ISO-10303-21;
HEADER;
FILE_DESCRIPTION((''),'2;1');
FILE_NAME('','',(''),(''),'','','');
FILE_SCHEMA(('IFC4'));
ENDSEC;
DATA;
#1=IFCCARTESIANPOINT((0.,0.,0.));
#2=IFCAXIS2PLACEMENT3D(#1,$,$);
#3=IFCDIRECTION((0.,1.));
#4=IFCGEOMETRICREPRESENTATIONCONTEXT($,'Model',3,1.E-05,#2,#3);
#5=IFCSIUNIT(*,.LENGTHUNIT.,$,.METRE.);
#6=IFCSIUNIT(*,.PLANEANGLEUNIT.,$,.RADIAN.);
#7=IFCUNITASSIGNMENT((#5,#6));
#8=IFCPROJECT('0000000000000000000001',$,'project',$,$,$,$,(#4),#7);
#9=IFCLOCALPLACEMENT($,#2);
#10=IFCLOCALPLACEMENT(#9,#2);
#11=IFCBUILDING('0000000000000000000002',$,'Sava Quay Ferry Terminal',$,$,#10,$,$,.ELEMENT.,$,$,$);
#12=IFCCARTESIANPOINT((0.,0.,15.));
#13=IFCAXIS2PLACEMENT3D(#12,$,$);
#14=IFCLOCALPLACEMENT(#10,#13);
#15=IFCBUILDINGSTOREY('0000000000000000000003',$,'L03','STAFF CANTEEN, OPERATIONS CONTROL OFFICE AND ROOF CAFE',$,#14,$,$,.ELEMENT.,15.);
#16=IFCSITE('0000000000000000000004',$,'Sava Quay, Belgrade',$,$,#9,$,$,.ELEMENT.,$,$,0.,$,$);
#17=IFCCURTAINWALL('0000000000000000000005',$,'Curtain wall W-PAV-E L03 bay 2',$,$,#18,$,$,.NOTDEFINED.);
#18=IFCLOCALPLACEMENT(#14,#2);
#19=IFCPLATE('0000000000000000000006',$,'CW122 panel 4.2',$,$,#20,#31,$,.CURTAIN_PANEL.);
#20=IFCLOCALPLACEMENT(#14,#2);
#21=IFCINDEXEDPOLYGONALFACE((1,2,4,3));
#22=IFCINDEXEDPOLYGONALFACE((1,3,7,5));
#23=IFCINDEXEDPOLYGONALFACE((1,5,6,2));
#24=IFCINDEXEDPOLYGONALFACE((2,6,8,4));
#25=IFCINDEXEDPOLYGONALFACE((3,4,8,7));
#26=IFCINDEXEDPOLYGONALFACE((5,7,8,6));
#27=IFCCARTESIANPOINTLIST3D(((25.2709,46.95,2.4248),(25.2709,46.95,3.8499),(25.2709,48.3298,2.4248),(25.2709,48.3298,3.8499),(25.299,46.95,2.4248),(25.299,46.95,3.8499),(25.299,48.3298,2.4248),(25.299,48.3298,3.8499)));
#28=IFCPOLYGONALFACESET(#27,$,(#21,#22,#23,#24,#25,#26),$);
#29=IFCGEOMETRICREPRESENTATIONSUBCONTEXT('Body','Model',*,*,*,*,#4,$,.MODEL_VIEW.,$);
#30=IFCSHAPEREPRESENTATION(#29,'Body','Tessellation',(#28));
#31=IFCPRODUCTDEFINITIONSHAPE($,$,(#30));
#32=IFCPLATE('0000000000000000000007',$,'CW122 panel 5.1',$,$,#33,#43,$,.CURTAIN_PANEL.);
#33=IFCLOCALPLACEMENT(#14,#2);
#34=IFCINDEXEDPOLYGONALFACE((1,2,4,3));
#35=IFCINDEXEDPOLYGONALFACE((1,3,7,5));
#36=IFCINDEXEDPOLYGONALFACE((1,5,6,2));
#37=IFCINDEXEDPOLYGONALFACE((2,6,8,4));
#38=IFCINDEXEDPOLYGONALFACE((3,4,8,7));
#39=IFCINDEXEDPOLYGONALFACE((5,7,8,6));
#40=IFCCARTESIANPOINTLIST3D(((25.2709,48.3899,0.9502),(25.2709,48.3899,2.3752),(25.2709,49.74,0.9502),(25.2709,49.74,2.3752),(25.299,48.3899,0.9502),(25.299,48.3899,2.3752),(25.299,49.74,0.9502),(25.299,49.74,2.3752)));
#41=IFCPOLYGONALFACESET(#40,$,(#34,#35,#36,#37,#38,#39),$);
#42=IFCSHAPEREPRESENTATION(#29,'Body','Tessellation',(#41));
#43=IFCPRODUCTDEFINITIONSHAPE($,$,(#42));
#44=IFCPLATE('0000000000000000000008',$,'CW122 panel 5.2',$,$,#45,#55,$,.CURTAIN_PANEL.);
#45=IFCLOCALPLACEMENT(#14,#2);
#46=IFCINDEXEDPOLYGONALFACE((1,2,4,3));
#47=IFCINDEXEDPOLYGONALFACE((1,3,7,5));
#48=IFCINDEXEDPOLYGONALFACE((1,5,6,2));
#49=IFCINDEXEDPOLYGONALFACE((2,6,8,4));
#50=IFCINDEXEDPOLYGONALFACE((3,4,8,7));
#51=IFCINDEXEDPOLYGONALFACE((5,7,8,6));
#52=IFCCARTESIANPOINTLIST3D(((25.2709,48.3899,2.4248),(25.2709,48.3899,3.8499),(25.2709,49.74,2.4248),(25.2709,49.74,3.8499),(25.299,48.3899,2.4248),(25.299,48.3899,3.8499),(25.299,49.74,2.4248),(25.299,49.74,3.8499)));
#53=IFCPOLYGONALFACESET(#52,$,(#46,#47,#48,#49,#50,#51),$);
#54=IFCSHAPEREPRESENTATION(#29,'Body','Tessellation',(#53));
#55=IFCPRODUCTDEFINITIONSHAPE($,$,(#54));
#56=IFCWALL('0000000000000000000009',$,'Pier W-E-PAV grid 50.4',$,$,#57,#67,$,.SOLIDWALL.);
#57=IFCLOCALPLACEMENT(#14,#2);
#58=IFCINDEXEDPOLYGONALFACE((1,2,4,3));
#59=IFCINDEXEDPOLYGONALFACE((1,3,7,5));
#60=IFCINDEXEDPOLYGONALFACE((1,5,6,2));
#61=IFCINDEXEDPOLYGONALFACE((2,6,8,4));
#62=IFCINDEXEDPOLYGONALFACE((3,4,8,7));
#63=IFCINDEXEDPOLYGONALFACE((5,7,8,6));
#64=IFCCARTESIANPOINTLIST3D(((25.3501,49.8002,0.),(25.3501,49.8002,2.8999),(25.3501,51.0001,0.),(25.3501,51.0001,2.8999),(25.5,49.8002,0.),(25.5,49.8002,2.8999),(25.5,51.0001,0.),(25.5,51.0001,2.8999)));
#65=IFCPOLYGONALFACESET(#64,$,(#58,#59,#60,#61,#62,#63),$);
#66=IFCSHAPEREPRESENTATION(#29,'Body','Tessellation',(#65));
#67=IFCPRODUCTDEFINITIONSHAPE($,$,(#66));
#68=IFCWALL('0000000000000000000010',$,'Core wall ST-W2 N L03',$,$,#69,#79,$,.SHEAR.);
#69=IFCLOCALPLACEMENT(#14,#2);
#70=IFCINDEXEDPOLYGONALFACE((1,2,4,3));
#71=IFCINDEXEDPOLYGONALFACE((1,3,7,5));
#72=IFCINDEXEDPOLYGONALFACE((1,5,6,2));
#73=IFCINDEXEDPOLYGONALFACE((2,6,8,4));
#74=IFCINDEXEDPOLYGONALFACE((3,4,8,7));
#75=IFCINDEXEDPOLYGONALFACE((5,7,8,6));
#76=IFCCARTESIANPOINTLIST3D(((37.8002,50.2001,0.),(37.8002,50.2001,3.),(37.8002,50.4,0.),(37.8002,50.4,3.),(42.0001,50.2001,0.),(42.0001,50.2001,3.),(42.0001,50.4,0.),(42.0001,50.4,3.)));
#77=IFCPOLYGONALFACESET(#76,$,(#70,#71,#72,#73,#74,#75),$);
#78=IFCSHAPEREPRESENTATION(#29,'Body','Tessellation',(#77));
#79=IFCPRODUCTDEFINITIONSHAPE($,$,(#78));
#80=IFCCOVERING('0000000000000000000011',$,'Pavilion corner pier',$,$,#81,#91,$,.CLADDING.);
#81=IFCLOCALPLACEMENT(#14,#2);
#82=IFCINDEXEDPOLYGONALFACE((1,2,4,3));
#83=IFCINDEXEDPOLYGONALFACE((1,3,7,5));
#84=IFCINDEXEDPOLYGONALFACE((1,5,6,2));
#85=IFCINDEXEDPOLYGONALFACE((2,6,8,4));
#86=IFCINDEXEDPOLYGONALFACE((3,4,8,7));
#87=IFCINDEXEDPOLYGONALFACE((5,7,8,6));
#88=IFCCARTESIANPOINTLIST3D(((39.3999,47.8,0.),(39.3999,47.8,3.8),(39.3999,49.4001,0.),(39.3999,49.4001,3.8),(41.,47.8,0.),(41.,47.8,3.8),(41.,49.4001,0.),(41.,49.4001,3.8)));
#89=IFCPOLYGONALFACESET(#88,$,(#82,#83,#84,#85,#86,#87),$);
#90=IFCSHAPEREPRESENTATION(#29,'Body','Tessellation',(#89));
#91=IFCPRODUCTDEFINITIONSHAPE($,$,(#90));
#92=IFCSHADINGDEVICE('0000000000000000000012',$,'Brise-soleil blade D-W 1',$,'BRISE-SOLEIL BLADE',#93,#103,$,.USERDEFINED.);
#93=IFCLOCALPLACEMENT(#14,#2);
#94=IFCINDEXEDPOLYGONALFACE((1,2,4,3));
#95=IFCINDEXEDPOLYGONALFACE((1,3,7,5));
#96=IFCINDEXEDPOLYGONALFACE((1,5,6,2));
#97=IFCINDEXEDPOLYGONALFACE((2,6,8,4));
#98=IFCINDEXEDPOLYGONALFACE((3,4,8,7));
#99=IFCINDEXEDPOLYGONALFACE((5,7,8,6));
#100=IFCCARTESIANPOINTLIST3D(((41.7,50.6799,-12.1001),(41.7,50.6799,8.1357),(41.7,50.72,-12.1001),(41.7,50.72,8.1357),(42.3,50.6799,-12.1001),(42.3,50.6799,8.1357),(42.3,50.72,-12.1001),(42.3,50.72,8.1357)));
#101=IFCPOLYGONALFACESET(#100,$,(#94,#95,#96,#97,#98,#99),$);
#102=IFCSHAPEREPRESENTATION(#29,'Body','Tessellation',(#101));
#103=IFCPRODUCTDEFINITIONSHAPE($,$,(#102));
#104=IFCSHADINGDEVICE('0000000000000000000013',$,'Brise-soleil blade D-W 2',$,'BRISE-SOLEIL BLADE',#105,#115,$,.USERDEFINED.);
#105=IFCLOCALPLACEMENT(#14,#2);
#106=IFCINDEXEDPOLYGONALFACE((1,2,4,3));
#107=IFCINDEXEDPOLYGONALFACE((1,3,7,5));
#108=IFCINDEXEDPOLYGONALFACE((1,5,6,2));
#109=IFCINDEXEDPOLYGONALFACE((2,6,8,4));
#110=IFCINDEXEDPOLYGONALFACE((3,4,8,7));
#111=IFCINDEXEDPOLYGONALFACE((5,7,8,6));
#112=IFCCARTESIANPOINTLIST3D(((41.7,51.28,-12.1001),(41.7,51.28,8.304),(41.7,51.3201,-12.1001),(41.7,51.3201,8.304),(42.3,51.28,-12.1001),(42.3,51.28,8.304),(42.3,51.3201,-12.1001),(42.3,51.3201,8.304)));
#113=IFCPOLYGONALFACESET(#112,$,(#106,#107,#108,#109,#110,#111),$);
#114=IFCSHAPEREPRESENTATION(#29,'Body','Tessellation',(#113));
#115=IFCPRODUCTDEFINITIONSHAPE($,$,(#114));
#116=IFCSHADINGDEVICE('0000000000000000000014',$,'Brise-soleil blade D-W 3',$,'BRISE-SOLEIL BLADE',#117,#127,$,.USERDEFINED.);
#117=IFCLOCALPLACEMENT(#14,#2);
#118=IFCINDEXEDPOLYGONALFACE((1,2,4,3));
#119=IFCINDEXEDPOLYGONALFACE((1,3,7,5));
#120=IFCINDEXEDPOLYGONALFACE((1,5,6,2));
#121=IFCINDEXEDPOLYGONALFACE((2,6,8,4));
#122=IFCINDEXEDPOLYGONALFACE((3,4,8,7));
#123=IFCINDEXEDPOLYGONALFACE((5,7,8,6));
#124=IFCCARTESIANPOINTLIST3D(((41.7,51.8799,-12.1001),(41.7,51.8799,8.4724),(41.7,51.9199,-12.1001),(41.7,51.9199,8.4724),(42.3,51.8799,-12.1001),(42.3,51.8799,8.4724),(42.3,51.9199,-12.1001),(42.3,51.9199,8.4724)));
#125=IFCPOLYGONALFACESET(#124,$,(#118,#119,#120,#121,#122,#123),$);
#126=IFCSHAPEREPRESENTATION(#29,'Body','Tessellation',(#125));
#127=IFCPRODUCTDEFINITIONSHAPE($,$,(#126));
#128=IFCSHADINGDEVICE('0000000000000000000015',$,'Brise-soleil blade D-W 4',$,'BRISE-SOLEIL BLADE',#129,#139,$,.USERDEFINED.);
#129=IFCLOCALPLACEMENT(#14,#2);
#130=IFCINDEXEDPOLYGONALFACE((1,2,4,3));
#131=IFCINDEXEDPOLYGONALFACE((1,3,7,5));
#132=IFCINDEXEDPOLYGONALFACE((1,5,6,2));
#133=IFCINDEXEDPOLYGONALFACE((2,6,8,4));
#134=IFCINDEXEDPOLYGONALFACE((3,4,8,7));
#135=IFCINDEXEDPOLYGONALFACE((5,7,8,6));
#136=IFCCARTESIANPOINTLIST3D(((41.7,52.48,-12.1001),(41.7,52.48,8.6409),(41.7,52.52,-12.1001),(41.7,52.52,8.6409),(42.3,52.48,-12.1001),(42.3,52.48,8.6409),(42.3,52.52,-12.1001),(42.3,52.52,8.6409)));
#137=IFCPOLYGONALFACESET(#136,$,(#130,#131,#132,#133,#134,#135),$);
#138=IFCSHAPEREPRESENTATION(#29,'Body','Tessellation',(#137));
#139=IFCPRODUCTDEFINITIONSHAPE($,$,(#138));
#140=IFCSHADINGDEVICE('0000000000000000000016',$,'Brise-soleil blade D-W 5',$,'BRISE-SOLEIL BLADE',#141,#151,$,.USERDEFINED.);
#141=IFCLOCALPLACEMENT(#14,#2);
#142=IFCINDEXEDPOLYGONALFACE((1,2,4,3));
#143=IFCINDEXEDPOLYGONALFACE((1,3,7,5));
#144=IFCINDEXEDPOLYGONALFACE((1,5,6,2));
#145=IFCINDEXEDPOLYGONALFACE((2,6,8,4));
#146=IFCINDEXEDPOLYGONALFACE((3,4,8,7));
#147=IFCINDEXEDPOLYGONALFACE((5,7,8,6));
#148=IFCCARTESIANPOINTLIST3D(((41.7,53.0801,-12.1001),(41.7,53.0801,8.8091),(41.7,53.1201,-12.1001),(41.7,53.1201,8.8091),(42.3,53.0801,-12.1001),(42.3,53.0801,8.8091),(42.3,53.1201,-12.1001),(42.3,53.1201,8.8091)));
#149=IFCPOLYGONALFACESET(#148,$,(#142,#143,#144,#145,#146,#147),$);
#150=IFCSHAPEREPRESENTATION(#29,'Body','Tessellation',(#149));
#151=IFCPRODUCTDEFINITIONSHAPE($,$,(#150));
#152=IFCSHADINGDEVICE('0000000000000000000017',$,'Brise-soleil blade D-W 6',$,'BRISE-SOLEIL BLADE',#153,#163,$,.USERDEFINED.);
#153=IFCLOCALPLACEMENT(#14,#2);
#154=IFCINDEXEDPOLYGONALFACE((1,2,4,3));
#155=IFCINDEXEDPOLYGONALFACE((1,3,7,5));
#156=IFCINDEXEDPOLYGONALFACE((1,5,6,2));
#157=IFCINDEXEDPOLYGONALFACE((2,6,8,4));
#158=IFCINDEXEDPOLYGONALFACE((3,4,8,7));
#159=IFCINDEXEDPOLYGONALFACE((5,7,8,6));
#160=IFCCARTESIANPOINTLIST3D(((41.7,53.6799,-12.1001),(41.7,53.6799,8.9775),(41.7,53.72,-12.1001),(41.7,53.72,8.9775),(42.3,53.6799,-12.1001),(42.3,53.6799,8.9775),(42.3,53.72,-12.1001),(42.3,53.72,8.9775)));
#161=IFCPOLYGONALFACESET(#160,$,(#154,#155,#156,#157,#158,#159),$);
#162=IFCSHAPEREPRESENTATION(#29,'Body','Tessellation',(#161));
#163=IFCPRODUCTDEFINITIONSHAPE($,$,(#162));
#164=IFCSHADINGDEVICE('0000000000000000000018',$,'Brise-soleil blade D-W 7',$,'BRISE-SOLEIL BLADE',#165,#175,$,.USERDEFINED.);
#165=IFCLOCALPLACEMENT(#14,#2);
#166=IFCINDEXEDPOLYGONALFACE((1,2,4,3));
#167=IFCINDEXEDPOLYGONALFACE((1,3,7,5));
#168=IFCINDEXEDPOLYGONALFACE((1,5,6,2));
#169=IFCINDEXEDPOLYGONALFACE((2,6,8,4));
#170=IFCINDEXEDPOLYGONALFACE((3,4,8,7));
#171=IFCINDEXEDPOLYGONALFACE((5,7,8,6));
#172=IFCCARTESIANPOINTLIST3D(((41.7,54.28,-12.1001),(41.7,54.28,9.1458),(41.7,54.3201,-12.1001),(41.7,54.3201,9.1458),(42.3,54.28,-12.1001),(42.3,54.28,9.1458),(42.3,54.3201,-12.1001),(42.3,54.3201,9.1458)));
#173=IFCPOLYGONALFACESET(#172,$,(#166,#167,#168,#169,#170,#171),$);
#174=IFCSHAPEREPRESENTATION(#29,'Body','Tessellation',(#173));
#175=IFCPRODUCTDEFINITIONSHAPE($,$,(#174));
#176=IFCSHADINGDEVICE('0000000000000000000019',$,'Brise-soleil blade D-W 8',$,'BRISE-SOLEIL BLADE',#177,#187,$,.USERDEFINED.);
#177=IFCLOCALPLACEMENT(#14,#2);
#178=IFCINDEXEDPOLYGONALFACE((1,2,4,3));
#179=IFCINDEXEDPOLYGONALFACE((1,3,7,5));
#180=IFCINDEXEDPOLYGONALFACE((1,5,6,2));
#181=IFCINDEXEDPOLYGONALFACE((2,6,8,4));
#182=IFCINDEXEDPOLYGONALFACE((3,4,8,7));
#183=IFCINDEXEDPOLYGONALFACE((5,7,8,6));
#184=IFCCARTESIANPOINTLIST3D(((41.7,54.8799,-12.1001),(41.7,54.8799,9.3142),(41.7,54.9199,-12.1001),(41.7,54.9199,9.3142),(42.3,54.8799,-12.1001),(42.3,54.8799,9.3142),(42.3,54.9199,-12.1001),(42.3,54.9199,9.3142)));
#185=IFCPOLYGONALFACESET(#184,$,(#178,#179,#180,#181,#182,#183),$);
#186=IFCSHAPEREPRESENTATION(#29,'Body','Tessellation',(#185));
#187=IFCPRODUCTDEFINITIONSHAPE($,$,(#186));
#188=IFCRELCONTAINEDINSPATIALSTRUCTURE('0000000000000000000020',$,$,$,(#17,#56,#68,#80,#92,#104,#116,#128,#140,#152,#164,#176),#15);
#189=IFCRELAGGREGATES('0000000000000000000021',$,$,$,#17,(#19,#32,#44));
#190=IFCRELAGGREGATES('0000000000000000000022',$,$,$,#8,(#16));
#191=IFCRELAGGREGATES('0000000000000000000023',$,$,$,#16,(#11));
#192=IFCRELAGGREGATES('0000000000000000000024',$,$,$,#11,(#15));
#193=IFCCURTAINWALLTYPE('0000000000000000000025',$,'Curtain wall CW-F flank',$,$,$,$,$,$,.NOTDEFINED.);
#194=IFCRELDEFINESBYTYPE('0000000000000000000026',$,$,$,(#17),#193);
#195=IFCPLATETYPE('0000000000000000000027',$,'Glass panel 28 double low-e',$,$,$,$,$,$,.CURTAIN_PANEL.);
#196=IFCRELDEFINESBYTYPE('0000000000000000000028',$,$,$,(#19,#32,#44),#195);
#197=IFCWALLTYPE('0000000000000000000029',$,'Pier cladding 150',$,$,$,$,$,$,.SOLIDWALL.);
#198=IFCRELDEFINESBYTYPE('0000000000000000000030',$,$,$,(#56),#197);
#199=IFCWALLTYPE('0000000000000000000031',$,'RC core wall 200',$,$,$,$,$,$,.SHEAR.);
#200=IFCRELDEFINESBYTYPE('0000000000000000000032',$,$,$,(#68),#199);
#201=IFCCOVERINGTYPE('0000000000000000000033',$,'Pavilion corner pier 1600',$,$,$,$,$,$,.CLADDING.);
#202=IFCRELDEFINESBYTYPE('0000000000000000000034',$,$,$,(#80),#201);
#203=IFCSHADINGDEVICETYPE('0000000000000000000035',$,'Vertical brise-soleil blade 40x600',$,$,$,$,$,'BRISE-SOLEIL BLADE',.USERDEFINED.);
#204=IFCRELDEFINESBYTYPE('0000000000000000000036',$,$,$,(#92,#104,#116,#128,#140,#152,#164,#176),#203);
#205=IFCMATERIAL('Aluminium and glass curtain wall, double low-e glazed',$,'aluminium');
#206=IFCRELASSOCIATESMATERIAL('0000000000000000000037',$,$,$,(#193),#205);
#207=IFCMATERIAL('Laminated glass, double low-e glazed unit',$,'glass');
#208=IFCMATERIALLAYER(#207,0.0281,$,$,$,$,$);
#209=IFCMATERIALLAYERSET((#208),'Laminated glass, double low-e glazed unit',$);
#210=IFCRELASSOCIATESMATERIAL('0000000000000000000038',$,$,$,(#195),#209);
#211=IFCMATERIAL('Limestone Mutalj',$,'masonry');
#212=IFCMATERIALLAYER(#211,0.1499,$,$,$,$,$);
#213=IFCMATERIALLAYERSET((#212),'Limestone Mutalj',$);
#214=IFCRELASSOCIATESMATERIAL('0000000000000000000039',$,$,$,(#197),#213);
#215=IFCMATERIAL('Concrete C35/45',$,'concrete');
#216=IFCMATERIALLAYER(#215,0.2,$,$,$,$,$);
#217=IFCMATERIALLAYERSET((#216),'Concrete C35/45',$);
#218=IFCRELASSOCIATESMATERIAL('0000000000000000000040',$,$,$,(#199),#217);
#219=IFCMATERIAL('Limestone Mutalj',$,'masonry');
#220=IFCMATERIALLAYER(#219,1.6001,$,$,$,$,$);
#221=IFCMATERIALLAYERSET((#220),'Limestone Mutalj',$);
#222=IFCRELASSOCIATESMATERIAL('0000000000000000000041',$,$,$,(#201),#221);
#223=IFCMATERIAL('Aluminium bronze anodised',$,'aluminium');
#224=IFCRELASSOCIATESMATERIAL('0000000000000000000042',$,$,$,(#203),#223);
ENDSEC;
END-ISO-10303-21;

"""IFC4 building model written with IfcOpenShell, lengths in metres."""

from ifc_helpers import new_model, si_unit, direction, frame, frame_2d, origin, origin_2d, place, context, subcontext, project, spatial, rectangle, extrude, material, layer, layer_set, material_profile, profile_set, type_object, element, aggregate, save


model = new_model("IFC4")

# Units and contexts
model_context = context("Model", 3, precision=1e-05, world=origin(), true_north=direction((0.0, 1.0)))
body_context = subcontext(model_context, "Body", "Model", "MODEL_VIEW")
ifc_project = project(units=[si_unit("LENGTHUNIT", "METRE"), si_unit("PLANEANGLEUNIT", "RADIAN")], contexts=[model_context])

# Site, building, storey
site_placement = place(None, origin())
site = spatial("IfcSite", under=ifc_project, at=site_placement, Name="Sava Quay, Belgrade", CompositionType="ELEMENT", RefElevation=0.0)
building_placement = place(site_placement, origin())
building = spatial("IfcBuilding", under=site, at=building_placement, Name="Sava Quay Ferry Terminal", CompositionType="ELEMENT")
storey_placement = place(building_placement, frame((0.0, 0.0, 15.0)))
storey = spatial("IfcBuildingStorey", under=building, at=storey_placement, Name="L03", Description="STAFF CANTEEN, OPERATIONS CONTROL OFFICE AND ROOF CAFE", CompositionType="ELEMENT", Elevation=15.0)

# Curtain wall, plates
ifc_material_1 = material(Name="Aluminium and glass curtain wall, double low-e glazed", Category="aluminium")
curtain_wall_type = type_object("IfcCurtainWallType", Name="Curtain wall CW-F flank", PredefinedType="NOTDEFINED", material=ifc_material_1)
curtain_wall_placement = place(storey_placement, origin())
curtain_wall = element("IfcCurtainWall", 1, at=curtain_wall_placement, inside=storey, type_object=curtain_wall_type, Name="Curtain wall W-PAV-E L03 bay 2", PredefinedType="NOTDEFINED")
ifc_material_2 = material(Name="Laminated glass, double low-e glazed unit", Category="glass")
ifc_layer_1 = layer(ifc_material_2, 0.0281)
ifc_layer_set_1 = layer_set([ifc_layer_1], Name="Laminated glass, double low-e glazed unit")
plate_type = type_object("IfcPlateType", Name="Glass panel 28 double low-e", PredefinedType="CURTAIN_PANEL", material=ifc_layer_set_1)
plate_1_placement = place(storey_placement, frame((25.2849, 47.6399, 2.4248), z_axis=(0.0, 0.0, 1.0), x_axis=(0.0, 1.0, 0.0)))
plate_1 = element("IfcPlate", 2, at=plate_1_placement, type_object=plate_type, Name="CW122 panel 4.2", PredefinedType="CURTAIN_PANEL", context=body_context, shape_type="SweptSolid", body=[
    extrude(rectangle(XDim=1.3799, YDim=0.0281, at=origin_2d()), origin(), (0.0, 0.0, 1.0), 1.425),
])
plate_2_placement = place(storey_placement, frame((25.2849, 49.0649, 0.9502), z_axis=(0.0, 0.0, 1.0), x_axis=(0.0, 1.0, 0.0)))
plate_2 = element("IfcPlate", 3, at=plate_2_placement, type_object=plate_type, Name="CW122 panel 5.1", PredefinedType="CURTAIN_PANEL", context=body_context, shape_type="SweptSolid", body=[
    extrude(rectangle(XDim=1.3501, YDim=0.0281, at=origin_2d()), origin(), (0.0, 0.0, 1.0), 1.425),
])
plate_3_placement = place(storey_placement, frame((25.2849, 49.0649, 2.4248), z_axis=(0.0, 0.0, 1.0), x_axis=(0.0, 1.0, 0.0)))
plate_3 = element("IfcPlate", 4, at=plate_3_placement, type_object=plate_type, Name="CW122 panel 5.2", PredefinedType="CURTAIN_PANEL", context=body_context, shape_type="SweptSolid", body=[
    extrude(rectangle(XDim=1.3501, YDim=0.0281, at=origin_2d()), origin(), (0.0, 0.0, 1.0), 1.425),
])
aggregate(curtain_wall, [plate_1, plate_2, plate_3])

# Walls
ifc_material_3 = material(Name="Limestone Mutalj", Category="masonry")
ifc_layer_2 = layer(ifc_material_3, 0.1499)
ifc_layer_set_2 = layer_set([ifc_layer_2], Name="Limestone Mutalj")
wall_type_1 = type_object("IfcWallType", Name="Pier cladding 150", PredefinedType="SOLIDWALL", material=ifc_layer_set_2)
wall_1_placement = place(storey_placement, frame((25.425, 49.8, 0.0), z_axis=(0.0, 0.0, 1.0), x_axis=(0.0, 1.0, 0.0)))
element("IfcWall", 5, at=wall_1_placement, inside=storey, type_object=wall_type_1, Name="Pier W-E-PAV grid 50.4", PredefinedType="SOLIDWALL", context=body_context, shape_type="SweptSolid", body=[
    extrude(rectangle(XDim=1.2, YDim=0.1499, at=frame_2d((0.6001, 0.0))), origin(), (0.0, 0.0, 1.0), 2.8999),
])
ifc_material_4 = material(Name="Concrete C35/45", Category="concrete")
ifc_layer_3 = layer(ifc_material_4, 0.2)
ifc_layer_set_3 = layer_set([ifc_layer_3], Name="Concrete C35/45")
wall_type_2 = type_object("IfcWallType", Name="RC core wall 200", PredefinedType="SHEAR", material=ifc_layer_set_3)
wall_2_placement = place(storey_placement, frame((37.8, 50.3, 0.0), z_axis=(0.0, 0.0, 1.0), x_axis=(1.0, 0.0, 0.0)))
element("IfcWall", 6, at=wall_2_placement, inside=storey, type_object=wall_type_2, Name="Core wall ST-W2 N L03", PredefinedType="SHEAR", context=body_context, shape_type="SweptSolid", body=[
    extrude(rectangle(XDim=4.2, YDim=0.2, at=frame_2d((2.1001, 0.0))), origin(), (0.0, 0.0, 1.0), 3.0),
])

# Covering
ifc_material_5 = material(Name="Limestone Mutalj", Category="masonry")
ifc_layer_4 = layer(ifc_material_5, 1.6001)
ifc_layer_set_4 = layer_set([ifc_layer_4], Name="Limestone Mutalj")
covering_type = type_object("IfcCoveringType", Name="Pavilion corner pier 1600", PredefinedType="CLADDING", material=ifc_layer_set_4)
covering_placement = place(storey_placement, frame((40.2, 48.6001, 0.0), z_axis=(0.0, 0.0, 1.0), x_axis=(1.0, 0.0, 0.0)))
element("IfcCovering", 7, at=covering_placement, inside=storey, type_object=covering_type, Name="Pavilion corner pier", PredefinedType="CLADDING", context=body_context, shape_type="SweptSolid", body=[
    extrude(rectangle(XDim=1.6001, YDim=1.6001, at=origin_2d()), origin(), (0.0, 0.0, 1.0), 3.8),
])

# Shading devices
ifc_material_6 = material(Name="Aluminium bronze anodised", Category="aluminium")
ifc_material_profile_1 = material_profile(ifc_material_6, rectangle(XDim=0.04, YDim=0.6001, at=origin_2d()), Name="Vertical brise-soleil blade 40x600")
ifc_profile_set_1 = profile_set([ifc_material_profile_1], Name="Aluminium bronze anodised")
shading_device_type = type_object("IfcShadingDeviceType", Name="Vertical brise-soleil blade 40x600", ElementType="BRISE-SOLEIL BLADE", PredefinedType="USERDEFINED", material=ifc_profile_set_1)
shading_device_1_placement = place(storey_placement, frame((42.0, 50.7, -12.1001), z_axis=(0.0, 0.0, 1.0), x_axis=(0.0, 1.0, 0.0)))
element("IfcShadingDevice", 8, at=shading_device_1_placement, inside=storey, type_object=shading_device_type, Name="Brise-soleil blade D-W 1", ObjectType="BRISE-SOLEIL BLADE", PredefinedType="USERDEFINED", context=body_context, shape_type="SweptSolid", body=[
    extrude(rectangle(XDim=0.04, YDim=0.6001, at=origin_2d()), origin(), (0.0, 0.0, 1.0), 20.2358),
])
shading_device_2_placement = place(storey_placement, frame((42.0, 51.3, -12.1001), z_axis=(0.0, 0.0, 1.0), x_axis=(0.0, 1.0, 0.0)))
element("IfcShadingDevice", 9, at=shading_device_2_placement, inside=storey, type_object=shading_device_type, Name="Brise-soleil blade D-W 2", ObjectType="BRISE-SOLEIL BLADE", PredefinedType="USERDEFINED", context=body_context, shape_type="SweptSolid", body=[
    extrude(rectangle(XDim=0.04, YDim=0.6001, at=origin_2d()), origin(), (0.0, 0.0, 1.0), 20.4041),
])
shading_device_3_placement = place(storey_placement, frame((42.0, 51.8999, -12.1001), z_axis=(0.0, 0.0, 1.0), x_axis=(0.0, 1.0, 0.0)))
element("IfcShadingDevice", 10, at=shading_device_3_placement, inside=storey, type_object=shading_device_type, Name="Brise-soleil blade D-W 3", ObjectType="BRISE-SOLEIL BLADE", PredefinedType="USERDEFINED", context=body_context, shape_type="SweptSolid", body=[
    extrude(rectangle(XDim=0.04, YDim=0.6001, at=origin_2d()), origin(), (0.0, 0.0, 1.0), 20.5725),
])
shading_device_4_placement = place(storey_placement, frame((42.0, 52.5, -12.1001), z_axis=(0.0, 0.0, 1.0), x_axis=(0.0, 1.0, 0.0)))
element("IfcShadingDevice", 11, at=shading_device_4_placement, inside=storey, type_object=shading_device_type, Name="Brise-soleil blade D-W 4", ObjectType="BRISE-SOLEIL BLADE", PredefinedType="USERDEFINED", context=body_context, shape_type="SweptSolid", body=[
    extrude(rectangle(XDim=0.04, YDim=0.6001, at=origin_2d()), origin(), (0.0, 0.0, 1.0), 20.741),
])
shading_device_5_placement = place(storey_placement, frame((42.0, 53.1001, -12.1001), z_axis=(0.0, 0.0, 1.0), x_axis=(0.0, 1.0, 0.0)))
element("IfcShadingDevice", 12, at=shading_device_5_placement, inside=storey, type_object=shading_device_type, Name="Brise-soleil blade D-W 5", ObjectType="BRISE-SOLEIL BLADE", PredefinedType="USERDEFINED", context=body_context, shape_type="SweptSolid", body=[
    extrude(rectangle(XDim=0.04, YDim=0.6001, at=origin_2d()), origin(), (0.0, 0.0, 1.0), 20.9092),
])
shading_device_6_placement = place(storey_placement, frame((42.0, 53.7, -12.1001), z_axis=(0.0, 0.0, 1.0), x_axis=(0.0, 1.0, 0.0)))
element("IfcShadingDevice", 13, at=shading_device_6_placement, inside=storey, type_object=shading_device_type, Name="Brise-soleil blade D-W 6", ObjectType="BRISE-SOLEIL BLADE", PredefinedType="USERDEFINED", context=body_context, shape_type="SweptSolid", body=[
    extrude(rectangle(XDim=0.04, YDim=0.6001, at=origin_2d()), origin(), (0.0, 0.0, 1.0), 21.0776),
])
shading_device_7_placement = place(storey_placement, frame((42.0, 54.3, -12.1001), z_axis=(0.0, 0.0, 1.0), x_axis=(0.0, 1.0, 0.0)))
element("IfcShadingDevice", 14, at=shading_device_7_placement, inside=storey, type_object=shading_device_type, Name="Brise-soleil blade D-W 7", ObjectType="BRISE-SOLEIL BLADE", PredefinedType="USERDEFINED", context=body_context, shape_type="SweptSolid", body=[
    extrude(rectangle(XDim=0.04, YDim=0.6001, at=origin_2d()), origin(), (0.0, 0.0, 1.0), 21.2458),
])
shading_device_8_placement = place(storey_placement, frame((42.0, 54.8999, -12.1001), z_axis=(0.0, 0.0, 1.0), x_axis=(0.0, 1.0, 0.0)))
element("IfcShadingDevice", 15, at=shading_device_8_placement, inside=storey, type_object=shading_device_type, Name="Brise-soleil blade D-W 8", ObjectType="BRISE-SOLEIL BLADE", PredefinedType="USERDEFINED", context=body_context, shape_type="SweptSolid", body=[
    extrude(rectangle(XDim=0.04, YDim=0.6001, at=origin_2d()), origin(), (0.0, 0.0, 1.0), 21.4143),
])

save(model, "model.ifc")
